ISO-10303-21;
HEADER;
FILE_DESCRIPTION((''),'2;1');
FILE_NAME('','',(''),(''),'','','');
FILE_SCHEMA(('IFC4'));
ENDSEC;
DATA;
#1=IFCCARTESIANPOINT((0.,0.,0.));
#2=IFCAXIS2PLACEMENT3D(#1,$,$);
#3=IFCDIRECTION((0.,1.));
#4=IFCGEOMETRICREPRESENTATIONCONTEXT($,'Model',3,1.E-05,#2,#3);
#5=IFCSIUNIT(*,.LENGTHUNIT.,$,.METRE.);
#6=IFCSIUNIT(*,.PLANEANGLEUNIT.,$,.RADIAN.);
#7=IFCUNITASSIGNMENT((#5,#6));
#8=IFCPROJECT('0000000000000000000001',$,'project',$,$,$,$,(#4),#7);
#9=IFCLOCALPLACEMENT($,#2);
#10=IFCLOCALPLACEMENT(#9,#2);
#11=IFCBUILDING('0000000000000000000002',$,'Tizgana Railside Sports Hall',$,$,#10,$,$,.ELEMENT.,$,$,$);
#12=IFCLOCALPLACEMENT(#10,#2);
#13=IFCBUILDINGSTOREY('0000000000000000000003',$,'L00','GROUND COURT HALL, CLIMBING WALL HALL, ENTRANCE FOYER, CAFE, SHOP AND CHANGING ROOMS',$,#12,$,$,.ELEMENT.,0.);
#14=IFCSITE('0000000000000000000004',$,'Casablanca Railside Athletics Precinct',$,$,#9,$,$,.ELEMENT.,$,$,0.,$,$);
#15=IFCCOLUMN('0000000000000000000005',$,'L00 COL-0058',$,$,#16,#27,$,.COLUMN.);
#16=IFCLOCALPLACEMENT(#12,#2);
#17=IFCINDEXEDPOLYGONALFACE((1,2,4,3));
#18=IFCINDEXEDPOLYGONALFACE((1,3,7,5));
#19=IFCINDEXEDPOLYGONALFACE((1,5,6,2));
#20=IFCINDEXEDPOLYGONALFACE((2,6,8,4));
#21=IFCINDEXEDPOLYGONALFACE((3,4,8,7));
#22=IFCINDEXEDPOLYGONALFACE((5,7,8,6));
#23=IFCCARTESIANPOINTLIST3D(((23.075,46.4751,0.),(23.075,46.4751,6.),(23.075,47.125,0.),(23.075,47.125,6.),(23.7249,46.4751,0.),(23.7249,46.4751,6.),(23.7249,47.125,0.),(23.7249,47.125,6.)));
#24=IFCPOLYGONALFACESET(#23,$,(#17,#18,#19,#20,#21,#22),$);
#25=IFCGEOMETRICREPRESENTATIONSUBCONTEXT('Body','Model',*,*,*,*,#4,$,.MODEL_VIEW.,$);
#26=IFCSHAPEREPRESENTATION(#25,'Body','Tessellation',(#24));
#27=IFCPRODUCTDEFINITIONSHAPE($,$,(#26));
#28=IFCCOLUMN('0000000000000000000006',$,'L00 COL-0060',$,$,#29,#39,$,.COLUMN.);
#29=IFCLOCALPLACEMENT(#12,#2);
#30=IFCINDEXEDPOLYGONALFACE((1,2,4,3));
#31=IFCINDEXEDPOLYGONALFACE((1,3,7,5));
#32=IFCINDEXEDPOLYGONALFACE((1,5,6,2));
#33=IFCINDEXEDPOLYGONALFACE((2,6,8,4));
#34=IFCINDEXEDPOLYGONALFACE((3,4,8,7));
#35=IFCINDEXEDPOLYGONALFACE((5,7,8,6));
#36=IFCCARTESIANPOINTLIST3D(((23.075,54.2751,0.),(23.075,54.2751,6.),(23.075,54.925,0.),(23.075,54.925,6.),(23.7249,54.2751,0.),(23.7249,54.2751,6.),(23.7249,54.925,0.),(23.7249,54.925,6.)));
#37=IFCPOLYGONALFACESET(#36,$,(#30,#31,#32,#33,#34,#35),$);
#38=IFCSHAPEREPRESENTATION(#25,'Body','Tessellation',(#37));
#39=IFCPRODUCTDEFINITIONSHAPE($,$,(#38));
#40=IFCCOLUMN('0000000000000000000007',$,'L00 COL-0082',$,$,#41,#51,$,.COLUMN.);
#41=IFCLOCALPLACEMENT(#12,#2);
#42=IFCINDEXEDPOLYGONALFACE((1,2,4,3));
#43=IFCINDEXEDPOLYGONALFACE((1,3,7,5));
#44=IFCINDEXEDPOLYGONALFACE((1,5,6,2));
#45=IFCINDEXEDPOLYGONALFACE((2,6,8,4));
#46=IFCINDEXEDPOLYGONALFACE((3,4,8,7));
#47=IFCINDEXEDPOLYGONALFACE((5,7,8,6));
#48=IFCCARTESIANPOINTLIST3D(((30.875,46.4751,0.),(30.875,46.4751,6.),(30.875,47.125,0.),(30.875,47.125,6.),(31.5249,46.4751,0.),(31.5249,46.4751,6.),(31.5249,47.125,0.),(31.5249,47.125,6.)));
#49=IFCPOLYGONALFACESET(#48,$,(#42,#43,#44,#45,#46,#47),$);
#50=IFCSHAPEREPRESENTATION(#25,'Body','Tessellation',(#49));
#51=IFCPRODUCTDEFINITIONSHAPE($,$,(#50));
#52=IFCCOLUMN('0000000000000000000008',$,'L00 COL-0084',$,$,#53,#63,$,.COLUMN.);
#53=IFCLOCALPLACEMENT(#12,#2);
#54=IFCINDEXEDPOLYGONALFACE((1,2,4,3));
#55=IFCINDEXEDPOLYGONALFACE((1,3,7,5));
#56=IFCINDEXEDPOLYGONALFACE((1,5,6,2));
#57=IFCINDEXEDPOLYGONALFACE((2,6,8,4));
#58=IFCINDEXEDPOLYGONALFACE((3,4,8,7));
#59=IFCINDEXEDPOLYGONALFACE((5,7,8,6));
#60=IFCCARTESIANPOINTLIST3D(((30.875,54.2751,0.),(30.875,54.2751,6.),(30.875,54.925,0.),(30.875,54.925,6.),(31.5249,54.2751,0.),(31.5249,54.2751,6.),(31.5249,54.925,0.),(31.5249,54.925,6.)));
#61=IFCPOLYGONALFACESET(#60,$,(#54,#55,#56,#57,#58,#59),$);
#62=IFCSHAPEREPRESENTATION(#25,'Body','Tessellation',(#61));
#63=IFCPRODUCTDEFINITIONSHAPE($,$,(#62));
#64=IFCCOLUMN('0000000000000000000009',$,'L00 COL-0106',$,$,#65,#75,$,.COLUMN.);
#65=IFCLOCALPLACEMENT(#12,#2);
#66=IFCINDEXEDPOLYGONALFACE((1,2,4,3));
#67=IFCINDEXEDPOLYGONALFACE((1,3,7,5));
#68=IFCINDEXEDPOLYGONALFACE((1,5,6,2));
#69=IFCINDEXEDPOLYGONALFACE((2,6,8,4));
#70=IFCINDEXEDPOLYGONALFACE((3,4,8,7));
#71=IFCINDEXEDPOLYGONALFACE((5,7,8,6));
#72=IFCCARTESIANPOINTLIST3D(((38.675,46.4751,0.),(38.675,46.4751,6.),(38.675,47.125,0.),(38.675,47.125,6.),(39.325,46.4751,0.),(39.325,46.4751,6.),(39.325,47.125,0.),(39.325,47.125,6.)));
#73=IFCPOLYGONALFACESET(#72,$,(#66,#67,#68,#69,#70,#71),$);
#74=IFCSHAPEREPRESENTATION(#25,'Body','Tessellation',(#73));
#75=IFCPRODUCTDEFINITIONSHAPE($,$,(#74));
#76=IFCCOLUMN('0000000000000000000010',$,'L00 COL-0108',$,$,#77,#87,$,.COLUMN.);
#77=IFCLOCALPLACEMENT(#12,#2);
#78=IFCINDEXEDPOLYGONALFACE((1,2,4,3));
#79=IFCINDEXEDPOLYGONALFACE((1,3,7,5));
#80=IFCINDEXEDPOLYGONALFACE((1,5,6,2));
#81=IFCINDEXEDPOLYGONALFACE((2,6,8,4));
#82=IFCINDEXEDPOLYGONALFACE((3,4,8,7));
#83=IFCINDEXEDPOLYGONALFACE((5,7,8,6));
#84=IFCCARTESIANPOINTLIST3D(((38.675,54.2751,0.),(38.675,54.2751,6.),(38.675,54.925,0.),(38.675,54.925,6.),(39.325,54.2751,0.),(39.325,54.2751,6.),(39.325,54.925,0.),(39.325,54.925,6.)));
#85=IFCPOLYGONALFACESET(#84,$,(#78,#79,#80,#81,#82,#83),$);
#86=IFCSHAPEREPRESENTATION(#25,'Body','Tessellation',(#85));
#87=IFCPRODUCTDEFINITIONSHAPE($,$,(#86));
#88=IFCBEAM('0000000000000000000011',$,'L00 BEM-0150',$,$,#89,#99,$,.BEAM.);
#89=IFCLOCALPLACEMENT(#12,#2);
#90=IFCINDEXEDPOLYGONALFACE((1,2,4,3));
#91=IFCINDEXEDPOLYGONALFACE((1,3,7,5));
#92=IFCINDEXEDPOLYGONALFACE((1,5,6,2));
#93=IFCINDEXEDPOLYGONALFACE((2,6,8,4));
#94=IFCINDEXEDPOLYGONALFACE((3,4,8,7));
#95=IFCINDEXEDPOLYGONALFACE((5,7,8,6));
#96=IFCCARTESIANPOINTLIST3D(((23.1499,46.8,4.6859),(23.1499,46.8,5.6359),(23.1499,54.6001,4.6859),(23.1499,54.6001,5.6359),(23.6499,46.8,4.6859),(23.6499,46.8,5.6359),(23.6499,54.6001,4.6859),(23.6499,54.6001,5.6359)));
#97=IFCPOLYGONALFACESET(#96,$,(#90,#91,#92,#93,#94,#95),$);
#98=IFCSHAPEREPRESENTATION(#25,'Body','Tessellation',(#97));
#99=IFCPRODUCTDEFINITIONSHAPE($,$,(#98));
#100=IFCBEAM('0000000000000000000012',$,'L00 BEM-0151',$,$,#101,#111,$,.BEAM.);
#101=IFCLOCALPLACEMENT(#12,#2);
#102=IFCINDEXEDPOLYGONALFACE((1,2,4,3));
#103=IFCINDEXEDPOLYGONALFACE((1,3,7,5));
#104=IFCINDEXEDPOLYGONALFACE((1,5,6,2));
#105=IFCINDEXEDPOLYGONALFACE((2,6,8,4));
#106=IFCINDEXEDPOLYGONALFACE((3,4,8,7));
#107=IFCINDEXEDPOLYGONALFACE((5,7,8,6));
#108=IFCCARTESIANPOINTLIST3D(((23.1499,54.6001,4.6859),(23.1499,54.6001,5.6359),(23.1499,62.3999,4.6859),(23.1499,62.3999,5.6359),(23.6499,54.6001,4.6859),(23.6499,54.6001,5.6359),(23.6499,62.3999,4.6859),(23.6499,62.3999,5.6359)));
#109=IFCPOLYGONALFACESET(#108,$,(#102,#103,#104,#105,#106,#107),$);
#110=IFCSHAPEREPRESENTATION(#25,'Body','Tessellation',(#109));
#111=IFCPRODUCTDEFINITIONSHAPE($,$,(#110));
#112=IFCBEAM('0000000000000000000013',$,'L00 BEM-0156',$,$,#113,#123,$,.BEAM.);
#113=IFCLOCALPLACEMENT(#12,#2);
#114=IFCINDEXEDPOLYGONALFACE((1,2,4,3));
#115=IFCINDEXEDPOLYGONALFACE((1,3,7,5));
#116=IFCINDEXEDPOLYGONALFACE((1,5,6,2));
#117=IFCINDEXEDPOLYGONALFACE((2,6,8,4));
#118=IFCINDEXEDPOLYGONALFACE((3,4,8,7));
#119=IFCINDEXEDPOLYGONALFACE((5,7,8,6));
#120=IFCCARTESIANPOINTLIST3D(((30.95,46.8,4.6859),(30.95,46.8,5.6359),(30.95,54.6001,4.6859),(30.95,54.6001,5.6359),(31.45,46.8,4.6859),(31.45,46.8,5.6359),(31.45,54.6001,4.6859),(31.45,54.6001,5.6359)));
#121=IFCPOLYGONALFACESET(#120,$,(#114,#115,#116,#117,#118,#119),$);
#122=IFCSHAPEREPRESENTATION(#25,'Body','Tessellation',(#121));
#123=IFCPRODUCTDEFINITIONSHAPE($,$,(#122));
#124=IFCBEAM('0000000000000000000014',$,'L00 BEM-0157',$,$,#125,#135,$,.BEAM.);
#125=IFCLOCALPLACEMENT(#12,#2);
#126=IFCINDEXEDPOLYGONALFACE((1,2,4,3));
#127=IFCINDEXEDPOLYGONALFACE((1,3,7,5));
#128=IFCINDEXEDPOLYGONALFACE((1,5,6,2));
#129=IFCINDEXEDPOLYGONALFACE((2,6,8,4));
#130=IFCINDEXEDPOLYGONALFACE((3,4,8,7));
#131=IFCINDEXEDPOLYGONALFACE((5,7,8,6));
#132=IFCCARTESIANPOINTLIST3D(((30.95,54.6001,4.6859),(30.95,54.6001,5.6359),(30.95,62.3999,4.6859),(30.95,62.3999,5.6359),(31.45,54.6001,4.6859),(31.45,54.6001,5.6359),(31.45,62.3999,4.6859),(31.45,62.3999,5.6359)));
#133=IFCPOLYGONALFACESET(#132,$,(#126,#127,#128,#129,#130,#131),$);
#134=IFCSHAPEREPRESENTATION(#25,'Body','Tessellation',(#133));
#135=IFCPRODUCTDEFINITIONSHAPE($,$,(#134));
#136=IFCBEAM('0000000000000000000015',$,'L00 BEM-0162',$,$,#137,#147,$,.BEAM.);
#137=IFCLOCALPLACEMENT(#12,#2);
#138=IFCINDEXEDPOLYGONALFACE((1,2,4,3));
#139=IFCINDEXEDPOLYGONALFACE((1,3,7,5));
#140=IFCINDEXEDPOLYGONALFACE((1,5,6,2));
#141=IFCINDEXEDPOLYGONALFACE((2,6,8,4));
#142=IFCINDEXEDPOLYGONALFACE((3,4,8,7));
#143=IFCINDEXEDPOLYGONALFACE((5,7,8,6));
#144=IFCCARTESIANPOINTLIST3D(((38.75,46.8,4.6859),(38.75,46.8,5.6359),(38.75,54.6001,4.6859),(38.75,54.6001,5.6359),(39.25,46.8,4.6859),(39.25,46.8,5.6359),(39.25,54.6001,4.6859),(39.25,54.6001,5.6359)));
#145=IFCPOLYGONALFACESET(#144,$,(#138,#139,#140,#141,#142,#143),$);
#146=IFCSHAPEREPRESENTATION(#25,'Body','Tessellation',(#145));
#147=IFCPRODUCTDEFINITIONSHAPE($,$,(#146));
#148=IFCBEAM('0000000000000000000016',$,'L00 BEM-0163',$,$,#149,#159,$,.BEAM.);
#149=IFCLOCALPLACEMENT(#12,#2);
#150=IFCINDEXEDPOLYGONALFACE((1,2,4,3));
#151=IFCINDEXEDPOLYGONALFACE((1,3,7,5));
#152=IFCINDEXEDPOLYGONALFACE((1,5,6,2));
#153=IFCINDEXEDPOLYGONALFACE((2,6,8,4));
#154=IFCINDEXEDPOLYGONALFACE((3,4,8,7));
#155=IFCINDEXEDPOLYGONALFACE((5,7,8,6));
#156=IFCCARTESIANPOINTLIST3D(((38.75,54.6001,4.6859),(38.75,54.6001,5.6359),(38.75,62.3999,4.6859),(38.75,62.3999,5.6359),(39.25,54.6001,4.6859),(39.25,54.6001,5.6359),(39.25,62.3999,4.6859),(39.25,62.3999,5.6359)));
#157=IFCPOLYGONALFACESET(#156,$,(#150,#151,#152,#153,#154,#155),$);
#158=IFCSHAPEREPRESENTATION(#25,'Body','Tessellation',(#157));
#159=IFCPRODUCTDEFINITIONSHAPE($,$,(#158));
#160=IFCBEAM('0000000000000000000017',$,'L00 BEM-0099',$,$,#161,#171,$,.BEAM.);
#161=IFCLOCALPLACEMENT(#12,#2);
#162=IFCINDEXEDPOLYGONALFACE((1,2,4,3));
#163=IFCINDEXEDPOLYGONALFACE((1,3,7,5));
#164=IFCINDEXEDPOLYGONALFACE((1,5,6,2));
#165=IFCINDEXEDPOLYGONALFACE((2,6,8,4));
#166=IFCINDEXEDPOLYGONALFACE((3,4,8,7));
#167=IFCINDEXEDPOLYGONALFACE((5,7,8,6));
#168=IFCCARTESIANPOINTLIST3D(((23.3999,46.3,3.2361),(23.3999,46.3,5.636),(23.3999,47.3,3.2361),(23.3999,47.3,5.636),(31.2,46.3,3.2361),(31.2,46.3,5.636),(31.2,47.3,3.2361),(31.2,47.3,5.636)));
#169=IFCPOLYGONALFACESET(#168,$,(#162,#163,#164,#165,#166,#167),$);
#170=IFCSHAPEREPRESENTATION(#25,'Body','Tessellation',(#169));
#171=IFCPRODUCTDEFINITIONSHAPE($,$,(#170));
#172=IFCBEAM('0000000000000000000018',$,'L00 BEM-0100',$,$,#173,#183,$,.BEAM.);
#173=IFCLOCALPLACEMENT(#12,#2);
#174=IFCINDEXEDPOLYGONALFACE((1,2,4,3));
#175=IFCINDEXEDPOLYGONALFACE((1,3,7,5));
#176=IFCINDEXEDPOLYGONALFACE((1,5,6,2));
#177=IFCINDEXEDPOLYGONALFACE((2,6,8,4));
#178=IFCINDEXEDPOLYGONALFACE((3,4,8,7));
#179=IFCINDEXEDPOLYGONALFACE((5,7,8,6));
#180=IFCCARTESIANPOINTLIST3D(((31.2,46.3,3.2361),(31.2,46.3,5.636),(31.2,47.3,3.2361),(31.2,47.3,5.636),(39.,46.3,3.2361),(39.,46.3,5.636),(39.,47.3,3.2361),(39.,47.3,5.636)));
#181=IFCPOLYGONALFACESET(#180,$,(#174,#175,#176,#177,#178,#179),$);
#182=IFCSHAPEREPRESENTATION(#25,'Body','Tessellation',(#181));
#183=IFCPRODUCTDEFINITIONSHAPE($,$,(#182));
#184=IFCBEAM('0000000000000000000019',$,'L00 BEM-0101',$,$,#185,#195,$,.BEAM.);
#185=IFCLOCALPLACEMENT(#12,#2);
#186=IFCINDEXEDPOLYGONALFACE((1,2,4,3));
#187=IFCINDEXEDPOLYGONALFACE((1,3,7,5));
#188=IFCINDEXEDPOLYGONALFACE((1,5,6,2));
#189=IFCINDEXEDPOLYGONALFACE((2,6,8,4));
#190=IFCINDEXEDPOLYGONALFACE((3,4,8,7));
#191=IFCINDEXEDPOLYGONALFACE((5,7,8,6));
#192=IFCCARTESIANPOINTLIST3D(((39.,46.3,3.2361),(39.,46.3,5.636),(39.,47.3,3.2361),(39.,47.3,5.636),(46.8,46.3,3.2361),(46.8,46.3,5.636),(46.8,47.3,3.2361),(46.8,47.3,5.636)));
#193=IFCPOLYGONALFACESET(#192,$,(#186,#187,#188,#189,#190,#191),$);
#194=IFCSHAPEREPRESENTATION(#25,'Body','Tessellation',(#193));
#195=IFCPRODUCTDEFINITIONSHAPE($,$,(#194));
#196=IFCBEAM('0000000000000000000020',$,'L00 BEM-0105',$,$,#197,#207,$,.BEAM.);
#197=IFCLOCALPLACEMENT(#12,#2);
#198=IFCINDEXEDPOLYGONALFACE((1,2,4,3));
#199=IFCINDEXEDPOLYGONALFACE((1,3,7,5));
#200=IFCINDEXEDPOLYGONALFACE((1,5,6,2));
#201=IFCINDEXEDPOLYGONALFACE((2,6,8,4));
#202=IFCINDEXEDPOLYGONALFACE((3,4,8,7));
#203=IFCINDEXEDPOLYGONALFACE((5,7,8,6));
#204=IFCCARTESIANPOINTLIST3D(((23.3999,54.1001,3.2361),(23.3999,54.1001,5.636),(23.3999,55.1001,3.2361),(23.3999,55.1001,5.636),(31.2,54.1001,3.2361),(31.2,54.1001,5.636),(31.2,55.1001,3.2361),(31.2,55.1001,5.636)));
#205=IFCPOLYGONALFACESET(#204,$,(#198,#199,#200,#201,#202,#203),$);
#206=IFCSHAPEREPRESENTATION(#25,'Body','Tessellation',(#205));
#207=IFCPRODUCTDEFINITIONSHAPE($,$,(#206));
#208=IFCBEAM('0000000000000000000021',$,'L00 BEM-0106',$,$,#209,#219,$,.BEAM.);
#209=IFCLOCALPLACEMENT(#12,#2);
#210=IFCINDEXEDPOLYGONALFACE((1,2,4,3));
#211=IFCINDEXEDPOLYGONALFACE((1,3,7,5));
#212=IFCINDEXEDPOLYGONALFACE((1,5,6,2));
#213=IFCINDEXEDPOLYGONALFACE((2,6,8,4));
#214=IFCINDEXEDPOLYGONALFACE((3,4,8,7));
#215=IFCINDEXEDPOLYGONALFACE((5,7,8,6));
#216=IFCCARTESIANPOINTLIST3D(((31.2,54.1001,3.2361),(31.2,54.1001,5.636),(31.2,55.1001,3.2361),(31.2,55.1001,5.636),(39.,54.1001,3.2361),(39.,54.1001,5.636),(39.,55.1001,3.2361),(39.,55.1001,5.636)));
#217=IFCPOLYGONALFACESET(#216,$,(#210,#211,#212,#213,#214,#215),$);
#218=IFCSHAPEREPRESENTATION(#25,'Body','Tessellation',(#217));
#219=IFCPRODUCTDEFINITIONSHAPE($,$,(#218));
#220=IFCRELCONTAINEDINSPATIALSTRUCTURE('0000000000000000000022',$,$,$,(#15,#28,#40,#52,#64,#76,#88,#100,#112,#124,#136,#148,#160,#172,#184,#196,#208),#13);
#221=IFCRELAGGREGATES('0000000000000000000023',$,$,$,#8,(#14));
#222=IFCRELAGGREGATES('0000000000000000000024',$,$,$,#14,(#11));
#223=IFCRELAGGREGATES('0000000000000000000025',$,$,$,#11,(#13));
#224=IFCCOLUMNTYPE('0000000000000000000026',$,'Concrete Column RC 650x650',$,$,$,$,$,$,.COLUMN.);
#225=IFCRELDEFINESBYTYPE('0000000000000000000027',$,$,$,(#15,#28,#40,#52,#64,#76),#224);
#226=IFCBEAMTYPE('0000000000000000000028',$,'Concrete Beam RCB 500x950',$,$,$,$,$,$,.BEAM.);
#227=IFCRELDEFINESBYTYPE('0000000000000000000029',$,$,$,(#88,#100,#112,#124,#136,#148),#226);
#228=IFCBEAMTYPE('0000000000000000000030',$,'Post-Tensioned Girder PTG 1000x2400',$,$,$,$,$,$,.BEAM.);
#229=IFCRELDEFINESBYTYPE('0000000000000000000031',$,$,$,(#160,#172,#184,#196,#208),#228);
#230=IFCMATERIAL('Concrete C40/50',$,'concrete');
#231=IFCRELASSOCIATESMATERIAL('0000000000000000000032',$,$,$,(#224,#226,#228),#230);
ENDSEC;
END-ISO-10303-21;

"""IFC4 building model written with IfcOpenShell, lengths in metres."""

from ifc_helpers import new_model, si_unit, direction, frame, origin, origin_2d, place, context, subcontext, project, spatial, rectangle, extrude, material, material_profile, profile_set, type_object, element, save


model = new_model("IFC4")

# Units and contexts
model_context = context("Model", 3, precision=1e-05, world=origin(), true_north=direction((0.0, 1.0)))
body_context = subcontext(model_context, "Body", "Model", "MODEL_VIEW")
ifc_project = project(units=[si_unit("LENGTHUNIT", "METRE"), si_unit("PLANEANGLEUNIT", "RADIAN")], contexts=[model_context])

# Site, building, storey
site_placement = place(None, origin())
site = spatial("IfcSite", under=ifc_project, at=site_placement, Name="Casablanca Railside Athletics Precinct", CompositionType="ELEMENT", RefElevation=0.0)
building_placement = place(site_placement, origin())
building = spatial("IfcBuilding", under=site, at=building_placement, Name="Tizgana Railside Sports Hall", CompositionType="ELEMENT")
storey_placement = place(building_placement, origin())
storey = spatial("IfcBuildingStorey", under=building, at=storey_placement, Name="L00", Description="GROUND COURT HALL, CLIMBING WALL HALL, ENTRANCE FOYER, CAFE, SHOP AND CHANGING ROOMS", CompositionType="ELEMENT", Elevation=0.0)

# Columns
ifc_material_1 = material(Name="Concrete C40/50", Category="concrete")
ifc_material_profile_1 = material_profile(ifc_material_1, rectangle(XDim=0.6499, YDim=0.6499, at=origin_2d()), Name="RC 650x650")
ifc_profile_set_1 = profile_set([ifc_material_profile_1], Name="Concrete C40/50")
column_type = type_object("IfcColumnType", Name="Concrete Column RC 650x650", PredefinedType="COLUMN", material=ifc_profile_set_1)
for number, where, z_axis, x_axis, name in (
    (1, (23.3999, 46.8, 0.0), (0.0, 0.0, 1.0), (1.0, 0.0, 0.0), "L00 COL-0058"),
    (2, (23.3999, 54.6001, 0.0), (0.0, 0.0, 1.0), (1.0, 0.0, 0.0), "L00 COL-0060"),
    (3, (31.2, 46.8, 0.0), (0.0, 0.0, 1.0), (1.0, 0.0, 0.0), "L00 COL-0082"),
    (4, (31.2, 54.6001, 0.0), (0.0, 0.0, 1.0), (1.0, 0.0, 0.0), "L00 COL-0084"),
    (5, (39.0, 46.8, 0.0), (0.0, 0.0, 1.0), (1.0, 0.0, 0.0), "L00 COL-0106"),
    (6, (39.0, 54.6001, 0.0), (0.0, 0.0, 1.0), (1.0, 0.0, 0.0), "L00 COL-0108"),
):
    element("IfcColumn", number, at=place(storey_placement, frame(where, z_axis=z_axis, x_axis=x_axis)), inside=storey, type_object=column_type, Name=name, PredefinedType="COLUMN", context=body_context, shape_type="SweptSolid", body=[
        extrude(rectangle(XDim=0.6499, YDim=0.6499, at=origin_2d()), origin(), (0.0, 0.0, 1.0), 6.0),
    ])

# Beams
ifc_material_profile_2 = material_profile(ifc_material_1, rectangle(XDim=0.5, YDim=0.95, at=origin_2d()), Name="RCB 500x950")
ifc_profile_set_2 = profile_set([ifc_material_profile_2], Name="Concrete C40/50")
beam_type_1 = type_object("IfcBeamType", Name="Concrete Beam RCB 500x950", PredefinedType="BEAM", material=ifc_profile_set_2)
beam_1_placement = place(storey_placement, frame((23.3999, 46.8, 5.1609), z_axis=(0.0, 1.0, 0.0), x_axis=(-1.0, 0.0, 0.0)))
element("IfcBeam", 7, at=beam_1_placement, inside=storey, type_object=beam_type_1, Name="L00 BEM-0150", PredefinedType="BEAM", context=body_context, shape_type="SweptSolid", body=[
    extrude(rectangle(XDim=0.5, YDim=0.95, at=origin_2d()), origin(), (0.0, 0.0, 1.0), 7.8),
])
beam_2_placement = place(storey_placement, frame((23.3999, 54.6001, 5.1609), z_axis=(0.0, 1.0, 0.0), x_axis=(-1.0, 0.0, 0.0)))
element("IfcBeam", 8, at=beam_2_placement, inside=storey, type_object=beam_type_1, Name="L00 BEM-0151", PredefinedType="BEAM", context=body_context, shape_type="SweptSolid", body=[
    extrude(rectangle(XDim=0.5, YDim=0.95, at=origin_2d()), origin(), (0.0, 0.0, 1.0), 7.7998),
])
beam_3_placement = place(storey_placement, frame((31.2, 46.8, 5.1609), z_axis=(0.0, 1.0, 0.0), x_axis=(-1.0, 0.0, 0.0)))
element("IfcBeam", 9, at=beam_3_placement, inside=storey, type_object=beam_type_1, Name="L00 BEM-0156", PredefinedType="BEAM", context=body_context, shape_type="SweptSolid", body=[
    extrude(rectangle(XDim=0.5, YDim=0.95, at=origin_2d()), origin(), (0.0, 0.0, 1.0), 7.8),
])
beam_4_placement = place(storey_placement, frame((31.2, 54.6001, 5.1609), z_axis=(0.0, 1.0, 0.0), x_axis=(-1.0, 0.0, 0.0)))
element("IfcBeam", 10, at=beam_4_placement, inside=storey, type_object=beam_type_1, Name="L00 BEM-0157", PredefinedType="BEAM", context=body_context, shape_type="SweptSolid", body=[
    extrude(rectangle(XDim=0.5, YDim=0.95, at=origin_2d()), origin(), (0.0, 0.0, 1.0), 7.7998),
])
beam_5_placement = place(storey_placement, frame((39.0, 46.8, 5.1609), z_axis=(0.0, 1.0, 0.0), x_axis=(-1.0, 0.0, 0.0)))
element("IfcBeam", 11, at=beam_5_placement, inside=storey, type_object=beam_type_1, Name="L00 BEM-0162", PredefinedType="BEAM", context=body_context, shape_type="SweptSolid", body=[
    extrude(rectangle(XDim=0.5, YDim=0.95, at=origin_2d()), origin(), (0.0, 0.0, 1.0), 7.8),
])
beam_6_placement = place(storey_placement, frame((39.0, 54.6001, 5.1609), z_axis=(0.0, 1.0, 0.0), x_axis=(-1.0, 0.0, 0.0)))
element("IfcBeam", 12, at=beam_6_placement, inside=storey, type_object=beam_type_1, Name="L00 BEM-0163", PredefinedType="BEAM", context=body_context, shape_type="SweptSolid", body=[
    extrude(rectangle(XDim=0.5, YDim=0.95, at=origin_2d()), origin(), (0.0, 0.0, 1.0), 7.7998),
])
ifc_material_profile_3 = material_profile(ifc_material_1, rectangle(XDim=1.0, YDim=2.3999, at=origin_2d()), Name="PTG 1000x2400")
ifc_profile_set_3 = profile_set([ifc_material_profile_3], Name="Concrete C40/50")
beam_type_2 = type_object("IfcBeamType", Name="Post-Tensioned Girder PTG 1000x2400", PredefinedType="BEAM", material=ifc_profile_set_3)
for number, where, z_axis, x_axis, name in (
    (13, (23.3999, 46.8, 4.436), (1.0, 0.0, 0.0), (0.0, 1.0, 0.0), "L00 BEM-0099"),
    (14, (31.2, 46.8, 4.436), (1.0, 0.0, 0.0), (0.0, 1.0, 0.0), "L00 BEM-0100"),
    (15, (39.0, 46.8, 4.436), (1.0, 0.0, 0.0), (0.0, 1.0, 0.0), "L00 BEM-0101"),
    (16, (23.3999, 54.6001, 4.436), (1.0, 0.0, 0.0), (0.0, 1.0, 0.0), "L00 BEM-0105"),
    (17, (31.2, 54.6001, 4.436), (1.0, 0.0, 0.0), (0.0, 1.0, 0.0), "L00 BEM-0106"),
):
    element("IfcBeam", number, at=place(storey_placement, frame(where, z_axis=z_axis, x_axis=x_axis)), inside=storey, type_object=beam_type_2, Name=name, PredefinedType="BEAM", context=body_context, shape_type="SweptSolid", body=[
        extrude(rectangle(XDim=1.0, YDim=2.3999, at=origin_2d()), origin(), (0.0, 0.0, 1.0), 7.8),
    ])

save(model, "model.ifc")
